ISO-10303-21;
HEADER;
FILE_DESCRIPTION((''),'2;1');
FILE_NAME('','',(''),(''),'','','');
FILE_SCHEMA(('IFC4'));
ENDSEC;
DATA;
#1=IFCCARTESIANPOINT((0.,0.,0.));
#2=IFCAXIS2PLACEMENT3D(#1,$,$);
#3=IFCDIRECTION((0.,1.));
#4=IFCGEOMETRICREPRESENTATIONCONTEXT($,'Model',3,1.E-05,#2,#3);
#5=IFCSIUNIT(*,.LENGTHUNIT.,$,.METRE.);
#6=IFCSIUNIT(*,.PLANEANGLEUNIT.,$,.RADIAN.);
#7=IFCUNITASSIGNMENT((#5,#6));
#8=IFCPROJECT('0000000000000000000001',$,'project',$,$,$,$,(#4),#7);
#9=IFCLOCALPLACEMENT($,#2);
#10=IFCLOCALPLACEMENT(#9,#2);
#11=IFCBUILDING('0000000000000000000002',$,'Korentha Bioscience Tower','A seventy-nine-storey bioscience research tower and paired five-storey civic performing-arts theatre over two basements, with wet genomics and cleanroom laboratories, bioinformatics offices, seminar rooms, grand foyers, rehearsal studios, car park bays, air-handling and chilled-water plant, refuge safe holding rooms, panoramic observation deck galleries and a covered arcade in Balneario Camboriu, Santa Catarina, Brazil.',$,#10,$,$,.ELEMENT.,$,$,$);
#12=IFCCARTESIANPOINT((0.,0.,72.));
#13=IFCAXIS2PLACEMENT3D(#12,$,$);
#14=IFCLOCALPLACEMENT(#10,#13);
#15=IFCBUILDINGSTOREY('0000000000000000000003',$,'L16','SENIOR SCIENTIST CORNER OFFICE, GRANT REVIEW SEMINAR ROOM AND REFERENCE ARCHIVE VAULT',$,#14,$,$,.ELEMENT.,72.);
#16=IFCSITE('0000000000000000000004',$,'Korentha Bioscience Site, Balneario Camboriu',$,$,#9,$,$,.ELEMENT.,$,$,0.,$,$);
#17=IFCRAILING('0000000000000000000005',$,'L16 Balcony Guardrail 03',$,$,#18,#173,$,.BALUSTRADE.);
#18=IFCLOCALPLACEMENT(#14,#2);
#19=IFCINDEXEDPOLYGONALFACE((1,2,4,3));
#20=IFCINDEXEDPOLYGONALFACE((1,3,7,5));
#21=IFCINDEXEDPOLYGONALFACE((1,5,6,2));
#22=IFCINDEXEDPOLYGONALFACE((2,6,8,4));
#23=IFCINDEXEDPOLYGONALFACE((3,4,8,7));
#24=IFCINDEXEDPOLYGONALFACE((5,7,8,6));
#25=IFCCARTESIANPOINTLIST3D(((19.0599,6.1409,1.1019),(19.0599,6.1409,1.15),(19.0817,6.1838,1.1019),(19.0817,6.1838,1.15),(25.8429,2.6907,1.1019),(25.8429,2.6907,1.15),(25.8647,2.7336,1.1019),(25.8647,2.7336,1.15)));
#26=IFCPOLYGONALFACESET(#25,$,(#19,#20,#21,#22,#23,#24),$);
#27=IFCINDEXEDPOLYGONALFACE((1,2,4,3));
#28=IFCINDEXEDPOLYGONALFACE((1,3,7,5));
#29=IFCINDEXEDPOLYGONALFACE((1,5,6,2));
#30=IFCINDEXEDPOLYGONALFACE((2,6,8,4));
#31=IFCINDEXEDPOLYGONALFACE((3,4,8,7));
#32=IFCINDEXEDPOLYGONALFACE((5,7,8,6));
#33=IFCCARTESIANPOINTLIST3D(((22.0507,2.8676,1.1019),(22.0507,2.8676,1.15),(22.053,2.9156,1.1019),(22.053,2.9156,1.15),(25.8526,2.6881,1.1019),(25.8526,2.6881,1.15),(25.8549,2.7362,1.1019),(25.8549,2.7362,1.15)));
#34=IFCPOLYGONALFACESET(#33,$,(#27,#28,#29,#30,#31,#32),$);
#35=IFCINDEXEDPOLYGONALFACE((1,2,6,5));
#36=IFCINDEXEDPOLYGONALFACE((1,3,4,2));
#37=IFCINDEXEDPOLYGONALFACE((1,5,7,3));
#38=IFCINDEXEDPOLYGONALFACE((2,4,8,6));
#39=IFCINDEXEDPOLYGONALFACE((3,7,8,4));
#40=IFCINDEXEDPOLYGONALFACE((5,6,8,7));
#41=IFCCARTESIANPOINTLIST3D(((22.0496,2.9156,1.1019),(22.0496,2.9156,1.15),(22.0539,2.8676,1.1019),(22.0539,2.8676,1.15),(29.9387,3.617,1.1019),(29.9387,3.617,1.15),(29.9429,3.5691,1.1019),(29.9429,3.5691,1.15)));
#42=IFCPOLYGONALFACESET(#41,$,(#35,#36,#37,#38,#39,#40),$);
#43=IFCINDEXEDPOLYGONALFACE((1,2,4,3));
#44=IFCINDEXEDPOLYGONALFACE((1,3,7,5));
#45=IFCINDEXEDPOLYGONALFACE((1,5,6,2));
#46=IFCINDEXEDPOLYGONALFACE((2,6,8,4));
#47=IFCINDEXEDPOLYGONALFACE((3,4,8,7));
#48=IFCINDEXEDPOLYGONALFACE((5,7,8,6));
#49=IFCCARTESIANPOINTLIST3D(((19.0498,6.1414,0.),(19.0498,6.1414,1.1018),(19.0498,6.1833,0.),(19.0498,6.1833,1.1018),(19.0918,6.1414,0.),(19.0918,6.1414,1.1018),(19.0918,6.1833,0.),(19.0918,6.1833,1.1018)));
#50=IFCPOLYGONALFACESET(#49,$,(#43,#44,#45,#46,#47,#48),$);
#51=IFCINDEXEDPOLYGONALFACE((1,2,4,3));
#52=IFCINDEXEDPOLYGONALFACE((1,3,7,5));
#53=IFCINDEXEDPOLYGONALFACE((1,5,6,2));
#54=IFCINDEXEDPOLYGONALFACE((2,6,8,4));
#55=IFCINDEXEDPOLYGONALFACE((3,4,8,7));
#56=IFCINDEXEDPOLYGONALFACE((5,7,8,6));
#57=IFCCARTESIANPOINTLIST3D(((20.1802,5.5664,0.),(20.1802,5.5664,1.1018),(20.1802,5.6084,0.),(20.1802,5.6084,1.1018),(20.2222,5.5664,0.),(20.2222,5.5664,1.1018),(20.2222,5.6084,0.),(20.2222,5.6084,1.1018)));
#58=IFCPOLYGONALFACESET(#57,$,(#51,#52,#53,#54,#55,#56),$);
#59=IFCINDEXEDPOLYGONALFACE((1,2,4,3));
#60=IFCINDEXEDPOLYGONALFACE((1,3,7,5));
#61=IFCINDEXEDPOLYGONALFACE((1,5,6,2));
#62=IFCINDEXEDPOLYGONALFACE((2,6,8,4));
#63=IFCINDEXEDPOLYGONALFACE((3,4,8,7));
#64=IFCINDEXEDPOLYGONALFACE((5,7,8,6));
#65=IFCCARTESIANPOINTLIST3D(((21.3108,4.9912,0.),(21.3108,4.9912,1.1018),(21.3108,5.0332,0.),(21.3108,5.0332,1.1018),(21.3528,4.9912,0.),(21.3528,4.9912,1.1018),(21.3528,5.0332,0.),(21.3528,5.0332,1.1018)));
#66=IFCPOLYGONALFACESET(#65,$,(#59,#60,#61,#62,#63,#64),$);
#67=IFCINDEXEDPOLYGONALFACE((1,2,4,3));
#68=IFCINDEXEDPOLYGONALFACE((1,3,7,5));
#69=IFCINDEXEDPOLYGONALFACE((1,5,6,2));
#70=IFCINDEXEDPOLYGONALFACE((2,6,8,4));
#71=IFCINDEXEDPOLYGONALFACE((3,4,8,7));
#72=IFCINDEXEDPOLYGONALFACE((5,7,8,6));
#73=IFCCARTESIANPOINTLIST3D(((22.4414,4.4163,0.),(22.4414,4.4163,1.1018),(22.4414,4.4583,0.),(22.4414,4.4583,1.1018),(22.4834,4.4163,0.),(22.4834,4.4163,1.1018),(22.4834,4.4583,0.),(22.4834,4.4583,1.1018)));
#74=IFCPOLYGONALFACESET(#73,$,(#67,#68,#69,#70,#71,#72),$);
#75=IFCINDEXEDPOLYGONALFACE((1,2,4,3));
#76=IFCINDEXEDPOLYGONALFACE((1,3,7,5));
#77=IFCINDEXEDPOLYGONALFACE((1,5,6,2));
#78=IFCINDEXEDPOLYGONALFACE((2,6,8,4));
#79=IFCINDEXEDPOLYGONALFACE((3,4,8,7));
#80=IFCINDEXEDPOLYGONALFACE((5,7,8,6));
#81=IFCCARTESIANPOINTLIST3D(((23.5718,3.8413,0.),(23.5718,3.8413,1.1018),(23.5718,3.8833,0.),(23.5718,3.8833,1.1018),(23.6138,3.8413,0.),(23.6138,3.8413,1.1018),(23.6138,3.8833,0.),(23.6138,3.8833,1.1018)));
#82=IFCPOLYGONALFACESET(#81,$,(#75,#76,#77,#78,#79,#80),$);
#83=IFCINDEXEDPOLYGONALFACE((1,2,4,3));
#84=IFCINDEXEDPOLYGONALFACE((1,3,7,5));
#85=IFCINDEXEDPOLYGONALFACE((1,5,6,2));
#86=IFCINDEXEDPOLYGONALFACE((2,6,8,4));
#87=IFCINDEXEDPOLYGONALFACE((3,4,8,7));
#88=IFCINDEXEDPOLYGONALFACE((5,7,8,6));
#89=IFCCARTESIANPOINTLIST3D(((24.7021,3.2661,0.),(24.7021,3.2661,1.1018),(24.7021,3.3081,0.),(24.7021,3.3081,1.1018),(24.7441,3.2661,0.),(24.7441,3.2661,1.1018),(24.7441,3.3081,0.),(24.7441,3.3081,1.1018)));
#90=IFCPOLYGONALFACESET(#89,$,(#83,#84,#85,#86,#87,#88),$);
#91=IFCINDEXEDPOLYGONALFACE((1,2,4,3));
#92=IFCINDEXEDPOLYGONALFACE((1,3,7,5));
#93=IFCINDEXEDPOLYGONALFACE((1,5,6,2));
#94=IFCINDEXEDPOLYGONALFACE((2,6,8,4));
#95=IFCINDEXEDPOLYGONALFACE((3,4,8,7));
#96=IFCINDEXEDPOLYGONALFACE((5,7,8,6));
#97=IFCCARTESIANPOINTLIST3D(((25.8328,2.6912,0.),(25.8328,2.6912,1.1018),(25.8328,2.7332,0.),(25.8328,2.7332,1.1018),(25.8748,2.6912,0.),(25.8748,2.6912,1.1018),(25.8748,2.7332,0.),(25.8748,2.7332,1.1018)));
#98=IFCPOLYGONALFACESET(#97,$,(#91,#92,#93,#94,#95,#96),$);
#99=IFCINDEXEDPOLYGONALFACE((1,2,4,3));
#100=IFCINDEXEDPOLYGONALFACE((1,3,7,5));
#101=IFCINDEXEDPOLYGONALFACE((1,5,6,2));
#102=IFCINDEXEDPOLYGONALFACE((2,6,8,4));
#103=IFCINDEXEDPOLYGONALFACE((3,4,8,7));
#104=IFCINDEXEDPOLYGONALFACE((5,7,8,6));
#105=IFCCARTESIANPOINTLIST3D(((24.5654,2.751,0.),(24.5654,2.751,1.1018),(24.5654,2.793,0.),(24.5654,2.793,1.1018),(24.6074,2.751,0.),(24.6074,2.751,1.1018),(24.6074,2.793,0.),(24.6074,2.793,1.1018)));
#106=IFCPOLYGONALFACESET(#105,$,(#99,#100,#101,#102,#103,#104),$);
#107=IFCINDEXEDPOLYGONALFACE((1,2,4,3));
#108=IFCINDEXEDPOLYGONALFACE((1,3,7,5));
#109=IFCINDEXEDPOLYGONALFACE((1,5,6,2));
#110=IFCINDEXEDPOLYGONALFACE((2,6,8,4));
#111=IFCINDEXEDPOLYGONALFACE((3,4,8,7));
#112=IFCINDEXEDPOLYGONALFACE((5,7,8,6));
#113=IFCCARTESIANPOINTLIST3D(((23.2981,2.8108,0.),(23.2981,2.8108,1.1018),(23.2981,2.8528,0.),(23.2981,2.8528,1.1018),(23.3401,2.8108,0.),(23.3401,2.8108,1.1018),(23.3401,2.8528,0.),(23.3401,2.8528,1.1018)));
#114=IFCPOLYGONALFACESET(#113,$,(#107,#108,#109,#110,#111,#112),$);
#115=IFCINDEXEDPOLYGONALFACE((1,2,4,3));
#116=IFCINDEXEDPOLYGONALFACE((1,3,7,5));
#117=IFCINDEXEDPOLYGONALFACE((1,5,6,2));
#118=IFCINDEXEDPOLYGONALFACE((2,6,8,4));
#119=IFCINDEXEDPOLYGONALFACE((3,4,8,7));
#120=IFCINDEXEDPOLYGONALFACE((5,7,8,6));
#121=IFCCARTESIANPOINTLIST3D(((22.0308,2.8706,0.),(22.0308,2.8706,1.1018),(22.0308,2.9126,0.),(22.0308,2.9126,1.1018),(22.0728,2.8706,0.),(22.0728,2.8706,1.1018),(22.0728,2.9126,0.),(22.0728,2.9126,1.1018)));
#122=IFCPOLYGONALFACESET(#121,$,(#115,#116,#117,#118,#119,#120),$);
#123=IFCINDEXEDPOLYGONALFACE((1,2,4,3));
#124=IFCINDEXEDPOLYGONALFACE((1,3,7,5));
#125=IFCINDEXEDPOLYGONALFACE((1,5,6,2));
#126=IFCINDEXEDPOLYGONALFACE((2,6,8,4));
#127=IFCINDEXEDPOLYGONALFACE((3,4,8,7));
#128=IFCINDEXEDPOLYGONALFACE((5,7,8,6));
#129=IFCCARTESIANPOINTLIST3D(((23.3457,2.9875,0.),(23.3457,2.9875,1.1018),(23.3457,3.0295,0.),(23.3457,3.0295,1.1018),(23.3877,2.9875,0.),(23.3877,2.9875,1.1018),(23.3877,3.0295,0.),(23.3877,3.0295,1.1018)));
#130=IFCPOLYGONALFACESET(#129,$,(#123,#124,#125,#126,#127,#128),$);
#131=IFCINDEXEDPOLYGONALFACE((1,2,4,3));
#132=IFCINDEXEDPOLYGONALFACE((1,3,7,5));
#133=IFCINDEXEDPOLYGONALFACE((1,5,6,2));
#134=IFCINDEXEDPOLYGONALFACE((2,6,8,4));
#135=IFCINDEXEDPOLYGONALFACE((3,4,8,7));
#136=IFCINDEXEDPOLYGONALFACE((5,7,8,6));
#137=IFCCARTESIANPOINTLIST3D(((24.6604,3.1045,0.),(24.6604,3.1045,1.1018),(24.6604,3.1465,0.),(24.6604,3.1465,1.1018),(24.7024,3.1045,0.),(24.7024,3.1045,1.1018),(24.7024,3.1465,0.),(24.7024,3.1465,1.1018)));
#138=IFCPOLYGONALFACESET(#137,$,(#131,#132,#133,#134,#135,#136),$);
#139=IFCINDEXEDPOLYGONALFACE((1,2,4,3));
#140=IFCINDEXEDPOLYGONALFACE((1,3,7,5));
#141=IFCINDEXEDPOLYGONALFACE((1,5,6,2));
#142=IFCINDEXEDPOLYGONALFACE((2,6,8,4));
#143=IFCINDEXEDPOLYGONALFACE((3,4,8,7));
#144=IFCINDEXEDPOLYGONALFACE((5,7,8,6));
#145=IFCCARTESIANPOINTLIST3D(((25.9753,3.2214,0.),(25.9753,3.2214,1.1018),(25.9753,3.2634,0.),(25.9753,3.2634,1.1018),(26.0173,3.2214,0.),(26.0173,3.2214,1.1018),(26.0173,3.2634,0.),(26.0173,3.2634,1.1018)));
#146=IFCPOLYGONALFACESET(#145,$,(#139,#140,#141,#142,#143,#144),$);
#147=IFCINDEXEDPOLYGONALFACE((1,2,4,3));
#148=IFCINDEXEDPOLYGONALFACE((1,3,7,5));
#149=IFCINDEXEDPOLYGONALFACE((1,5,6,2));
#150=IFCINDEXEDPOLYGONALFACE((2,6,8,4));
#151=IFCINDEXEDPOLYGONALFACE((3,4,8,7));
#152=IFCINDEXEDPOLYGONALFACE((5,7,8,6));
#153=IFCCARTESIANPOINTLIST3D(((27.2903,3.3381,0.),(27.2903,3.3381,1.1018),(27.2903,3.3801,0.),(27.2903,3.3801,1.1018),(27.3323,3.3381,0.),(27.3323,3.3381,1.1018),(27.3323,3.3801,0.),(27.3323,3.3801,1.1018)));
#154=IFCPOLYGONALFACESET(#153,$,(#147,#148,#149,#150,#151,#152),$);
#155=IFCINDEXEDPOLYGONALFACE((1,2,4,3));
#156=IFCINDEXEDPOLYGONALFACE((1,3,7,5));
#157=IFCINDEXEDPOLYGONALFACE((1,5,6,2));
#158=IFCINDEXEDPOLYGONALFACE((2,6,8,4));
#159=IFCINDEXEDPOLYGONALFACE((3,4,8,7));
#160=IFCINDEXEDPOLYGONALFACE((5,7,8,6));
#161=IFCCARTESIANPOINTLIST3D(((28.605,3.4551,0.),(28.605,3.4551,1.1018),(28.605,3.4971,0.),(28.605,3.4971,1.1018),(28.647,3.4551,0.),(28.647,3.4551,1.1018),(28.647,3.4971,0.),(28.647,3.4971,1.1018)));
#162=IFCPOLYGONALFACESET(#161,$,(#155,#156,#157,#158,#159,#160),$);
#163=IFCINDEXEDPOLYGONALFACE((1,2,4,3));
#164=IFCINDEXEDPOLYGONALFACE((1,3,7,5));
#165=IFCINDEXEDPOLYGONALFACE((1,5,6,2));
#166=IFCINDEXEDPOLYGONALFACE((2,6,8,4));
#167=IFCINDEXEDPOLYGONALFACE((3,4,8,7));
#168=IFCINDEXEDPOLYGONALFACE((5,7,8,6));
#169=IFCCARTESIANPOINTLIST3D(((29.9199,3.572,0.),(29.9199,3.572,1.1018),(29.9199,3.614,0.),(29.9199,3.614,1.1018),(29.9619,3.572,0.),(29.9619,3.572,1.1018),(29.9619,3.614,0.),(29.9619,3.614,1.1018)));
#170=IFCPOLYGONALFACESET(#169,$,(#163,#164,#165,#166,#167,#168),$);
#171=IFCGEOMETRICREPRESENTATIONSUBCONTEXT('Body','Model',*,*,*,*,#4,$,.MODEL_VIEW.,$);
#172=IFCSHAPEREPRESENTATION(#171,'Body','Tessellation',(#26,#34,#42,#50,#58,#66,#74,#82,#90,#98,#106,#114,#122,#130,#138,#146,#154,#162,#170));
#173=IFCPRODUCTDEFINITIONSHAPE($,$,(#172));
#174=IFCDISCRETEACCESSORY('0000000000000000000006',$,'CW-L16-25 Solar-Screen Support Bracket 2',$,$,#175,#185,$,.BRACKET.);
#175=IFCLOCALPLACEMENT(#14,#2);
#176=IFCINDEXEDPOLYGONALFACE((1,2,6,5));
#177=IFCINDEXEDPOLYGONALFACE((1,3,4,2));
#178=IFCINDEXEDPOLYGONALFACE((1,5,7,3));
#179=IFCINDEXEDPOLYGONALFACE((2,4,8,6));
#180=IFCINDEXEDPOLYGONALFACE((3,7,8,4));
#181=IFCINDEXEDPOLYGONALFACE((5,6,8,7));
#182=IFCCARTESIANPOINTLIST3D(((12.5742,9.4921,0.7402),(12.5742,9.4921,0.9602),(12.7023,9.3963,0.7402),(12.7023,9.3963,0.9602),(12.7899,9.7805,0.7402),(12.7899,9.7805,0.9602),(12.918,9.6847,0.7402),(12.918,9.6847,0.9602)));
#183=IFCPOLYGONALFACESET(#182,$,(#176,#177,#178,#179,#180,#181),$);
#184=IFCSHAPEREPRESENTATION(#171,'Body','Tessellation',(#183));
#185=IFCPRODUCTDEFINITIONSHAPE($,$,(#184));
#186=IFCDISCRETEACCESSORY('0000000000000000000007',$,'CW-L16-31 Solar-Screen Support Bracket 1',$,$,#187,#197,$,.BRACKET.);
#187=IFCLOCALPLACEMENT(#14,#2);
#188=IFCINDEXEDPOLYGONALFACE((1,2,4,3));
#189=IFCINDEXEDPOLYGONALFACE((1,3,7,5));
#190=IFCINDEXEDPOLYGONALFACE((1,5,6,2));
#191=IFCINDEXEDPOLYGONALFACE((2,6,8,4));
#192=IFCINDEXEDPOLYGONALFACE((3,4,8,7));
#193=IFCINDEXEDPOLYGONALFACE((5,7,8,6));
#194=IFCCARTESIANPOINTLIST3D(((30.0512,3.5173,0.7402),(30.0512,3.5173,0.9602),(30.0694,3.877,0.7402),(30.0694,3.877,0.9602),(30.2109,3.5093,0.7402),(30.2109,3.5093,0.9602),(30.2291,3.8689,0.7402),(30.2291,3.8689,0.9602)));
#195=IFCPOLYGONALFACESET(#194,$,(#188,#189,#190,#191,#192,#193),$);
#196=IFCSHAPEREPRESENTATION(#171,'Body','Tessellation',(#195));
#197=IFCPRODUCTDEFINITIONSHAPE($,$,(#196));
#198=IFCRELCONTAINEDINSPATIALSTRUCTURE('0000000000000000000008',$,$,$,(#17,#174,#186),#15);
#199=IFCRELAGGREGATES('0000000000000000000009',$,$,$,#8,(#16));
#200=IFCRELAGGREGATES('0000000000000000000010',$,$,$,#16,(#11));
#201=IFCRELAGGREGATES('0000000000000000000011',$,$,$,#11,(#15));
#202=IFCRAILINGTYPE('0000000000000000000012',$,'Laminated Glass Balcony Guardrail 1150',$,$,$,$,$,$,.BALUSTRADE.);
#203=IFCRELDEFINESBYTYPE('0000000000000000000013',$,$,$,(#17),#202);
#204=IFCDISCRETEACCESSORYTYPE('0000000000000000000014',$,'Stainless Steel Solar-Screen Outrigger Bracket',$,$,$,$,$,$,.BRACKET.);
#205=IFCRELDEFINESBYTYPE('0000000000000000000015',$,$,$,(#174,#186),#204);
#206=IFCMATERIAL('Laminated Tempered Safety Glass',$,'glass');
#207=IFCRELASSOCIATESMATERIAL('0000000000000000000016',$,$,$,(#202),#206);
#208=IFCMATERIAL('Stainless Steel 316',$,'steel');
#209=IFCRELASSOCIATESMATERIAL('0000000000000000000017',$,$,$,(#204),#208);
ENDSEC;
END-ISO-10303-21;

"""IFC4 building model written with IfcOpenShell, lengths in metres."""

from ifc_helpers import new_model, si_unit, direction, frame, origin, origin_2d, place, context, subcontext, project, spatial, rectangle, extrude, material, type_object, element, save


model = new_model("IFC4")

# Units and contexts
model_context = context("Model", 3, precision=1e-05, world=origin(), true_north=direction((0.0, 1.0)))
body_context = subcontext(model_context, "Body", "Model", "MODEL_VIEW")
ifc_project = project(units=[si_unit("LENGTHUNIT", "METRE"), si_unit("PLANEANGLEUNIT", "RADIAN")], contexts=[model_context])

# Site, building, storey
site_placement = place(None, origin())
site = spatial("IfcSite", under=ifc_project, at=site_placement, Name="Korentha Bioscience Site, Balneario Camboriu", CompositionType="ELEMENT", RefElevation=0.0)
building_placement = place(site_placement, origin())
building = spatial("IfcBuilding", under=site, at=building_placement, Name="Korentha Bioscience Tower", Description="A seventy-nine-storey bioscience research tower and paired five-storey civic performing-arts theatre over two basements, with wet genomics and cleanroom laboratories, bioinformatics offices, seminar rooms, grand foyers, rehearsal studios, car park bays, air-handling and chilled-water plant, refuge safe holding rooms, panoramic observation deck galleries and a covered arcade in Balneario Camboriu, Santa Catarina, Brazil.", CompositionType="ELEMENT")
storey_placement = place(building_placement, frame((0.0, 0.0, 72.0)))
storey = spatial("IfcBuildingStorey", under=building, at=storey_placement, Name="L16", Description="SENIOR SCIENTIST CORNER OFFICE, GRANT REVIEW SEMINAR ROOM AND REFERENCE ARCHIVE VAULT", CompositionType="ELEMENT", Elevation=72.0)

# Railing
ifc_material_1 = material(Name="Laminated Tempered Safety Glass", Category="glass")
railing_type = type_object("IfcRailingType", Name="Laminated Glass Balcony Guardrail 1150", PredefinedType="BALUSTRADE", material=ifc_material_1)
railing_placement = place(storey_placement, frame((19.0708, 6.1624, 0.0)))
element("IfcRailing", 1, at=railing_placement, inside=storey, type_object=railing_type, Name="L16 Balcony Guardrail 03", PredefinedType="BALUSTRADE", context=body_context, shape_type="SweptSolid", body=[
    extrude(rectangle(XDim=0.0481, YDim=0.0481, at=origin_2d()), frame((0.0, 0.0, 1.126), z_axis=(0.89132, -0.453375, 0.0), x_axis=(0.453375, 0.89132, 0.0)), (0.0, 0.0, 1.0), 7.6101),
    extrude(rectangle(XDim=0.0481, YDim=0.0481, at=origin_2d()), frame((6.783, -3.4502, 1.126), z_axis=(-0.998888, 0.047145, 0.0), x_axis=(-0.047145, -0.998888, 0.0)), (0.0, 0.0, 1.0), 3.8062),
    extrude(rectangle(XDim=0.0481, YDim=0.0481, at=origin_2d()), frame((2.981, -3.2708, 1.126), z_axis=(0.996071, 0.088559, 0.0), x_axis=(-0.088559, 0.996071, 0.0)), (0.0, 0.0, 1.0), 7.9202),
    extrude(rectangle(XDim=0.042, YDim=0.042, at=origin_2d()), origin(), (0.0, 0.0, 1.0), 1.1018),
    extrude(rectangle(XDim=0.042, YDim=0.042, at=origin_2d()), frame((1.1304, -0.575, 0.0)), (0.0, 0.0, 1.0), 1.1018),
    extrude(rectangle(XDim=0.042, YDim=0.042, at=origin_2d()), frame((2.261, -1.1501, 0.0)), (0.0, 0.0, 1.0), 1.1018),
    extrude(rectangle(XDim=0.042, YDim=0.042, at=origin_2d()), frame((3.3916, -1.7251, 0.0)), (0.0, 0.0, 1.0), 1.1018),
    extrude(rectangle(XDim=0.042, YDim=0.042, at=origin_2d()), frame((4.522, -2.3, 0.0)), (0.0, 0.0, 1.0), 1.1018),
    extrude(rectangle(XDim=0.042, YDim=0.042, at=origin_2d()), frame((5.6523, -2.8752, 0.0)), (0.0, 0.0, 1.0), 1.1018),
    extrude(rectangle(XDim=0.042, YDim=0.042, at=origin_2d()), frame((6.783, -3.4502, 0.0)), (0.0, 0.0, 1.0), 1.1018),
    extrude(rectangle(XDim=0.042, YDim=0.042, at=origin_2d()), frame((5.5156, -3.3904, 0.0)), (0.0, 0.0, 1.0), 1.1018),
    extrude(rectangle(XDim=0.042, YDim=0.042, at=origin_2d()), frame((4.2483, -3.3306, 0.0)), (0.0, 0.0, 1.0), 1.1018),
    extrude(rectangle(XDim=0.042, YDim=0.042, at=origin_2d()), frame((2.981, -3.2708, 0.0)), (0.0, 0.0, 1.0), 1.1018),
    extrude(rectangle(XDim=0.042, YDim=0.042, at=origin_2d()), frame((4.2959, -3.1538, 0.0)), (0.0, 0.0, 1.0), 1.1018),
    extrude(rectangle(XDim=0.042, YDim=0.042, at=origin_2d()), frame((5.6106, -3.0369, 0.0)), (0.0, 0.0, 1.0), 1.1018),
    extrude(rectangle(XDim=0.042, YDim=0.042, at=origin_2d()), frame((6.9255, -2.9199, 0.0)), (0.0, 0.0, 1.0), 1.1018),
    extrude(rectangle(XDim=0.042, YDim=0.042, at=origin_2d()), frame((8.2405, -2.8032, 0.0)), (0.0, 0.0, 1.0), 1.1018),
    extrude(rectangle(XDim=0.042, YDim=0.042, at=origin_2d()), frame((9.5552, -2.6863, 0.0)), (0.0, 0.0, 1.0), 1.1018),
    extrude(rectangle(XDim=0.042, YDim=0.042, at=origin_2d()), frame((10.8701, -2.5693, 0.0)), (0.0, 0.0, 1.0), 1.1018),
])

# Discrete accessories
ifc_material_2 = material(Name="Stainless Steel 316", Category="steel")
discrete_accessory_type = type_object("IfcDiscreteAccessoryType", Name="Stainless Steel Solar-Screen Outrigger Bracket", PredefinedType="BRACKET", material=ifc_material_2)
for number, where, z_axis, x_axis, name in (
    (2, (12.7461, 9.5884, 0.7402), (0.0, 0.0, 1.0), (0.800798, -0.598935, 0.0), "CW-L16-25 Solar-Screen Support Bracket 2"),
    (3, (30.1401, 3.6931, 0.7402), (0.0, 0.0, 1.0), (0.998731, -0.050371, 0.0), "CW-L16-31 Solar-Screen Support Bracket 1"),
):
    element("IfcDiscreteAccessory", number, at=place(storey_placement, frame(where, z_axis=z_axis, x_axis=x_axis)), inside=storey, type_object=discrete_accessory_type, Name=name, PredefinedType="BRACKET", context=body_context, shape_type="SweptSolid", body=[
        extrude(rectangle(XDim=0.1599, YDim=0.3601, at=origin_2d()), origin(), (0.0, 0.0, 1.0), 0.22),
    ])

save(model, "model.ifc")
